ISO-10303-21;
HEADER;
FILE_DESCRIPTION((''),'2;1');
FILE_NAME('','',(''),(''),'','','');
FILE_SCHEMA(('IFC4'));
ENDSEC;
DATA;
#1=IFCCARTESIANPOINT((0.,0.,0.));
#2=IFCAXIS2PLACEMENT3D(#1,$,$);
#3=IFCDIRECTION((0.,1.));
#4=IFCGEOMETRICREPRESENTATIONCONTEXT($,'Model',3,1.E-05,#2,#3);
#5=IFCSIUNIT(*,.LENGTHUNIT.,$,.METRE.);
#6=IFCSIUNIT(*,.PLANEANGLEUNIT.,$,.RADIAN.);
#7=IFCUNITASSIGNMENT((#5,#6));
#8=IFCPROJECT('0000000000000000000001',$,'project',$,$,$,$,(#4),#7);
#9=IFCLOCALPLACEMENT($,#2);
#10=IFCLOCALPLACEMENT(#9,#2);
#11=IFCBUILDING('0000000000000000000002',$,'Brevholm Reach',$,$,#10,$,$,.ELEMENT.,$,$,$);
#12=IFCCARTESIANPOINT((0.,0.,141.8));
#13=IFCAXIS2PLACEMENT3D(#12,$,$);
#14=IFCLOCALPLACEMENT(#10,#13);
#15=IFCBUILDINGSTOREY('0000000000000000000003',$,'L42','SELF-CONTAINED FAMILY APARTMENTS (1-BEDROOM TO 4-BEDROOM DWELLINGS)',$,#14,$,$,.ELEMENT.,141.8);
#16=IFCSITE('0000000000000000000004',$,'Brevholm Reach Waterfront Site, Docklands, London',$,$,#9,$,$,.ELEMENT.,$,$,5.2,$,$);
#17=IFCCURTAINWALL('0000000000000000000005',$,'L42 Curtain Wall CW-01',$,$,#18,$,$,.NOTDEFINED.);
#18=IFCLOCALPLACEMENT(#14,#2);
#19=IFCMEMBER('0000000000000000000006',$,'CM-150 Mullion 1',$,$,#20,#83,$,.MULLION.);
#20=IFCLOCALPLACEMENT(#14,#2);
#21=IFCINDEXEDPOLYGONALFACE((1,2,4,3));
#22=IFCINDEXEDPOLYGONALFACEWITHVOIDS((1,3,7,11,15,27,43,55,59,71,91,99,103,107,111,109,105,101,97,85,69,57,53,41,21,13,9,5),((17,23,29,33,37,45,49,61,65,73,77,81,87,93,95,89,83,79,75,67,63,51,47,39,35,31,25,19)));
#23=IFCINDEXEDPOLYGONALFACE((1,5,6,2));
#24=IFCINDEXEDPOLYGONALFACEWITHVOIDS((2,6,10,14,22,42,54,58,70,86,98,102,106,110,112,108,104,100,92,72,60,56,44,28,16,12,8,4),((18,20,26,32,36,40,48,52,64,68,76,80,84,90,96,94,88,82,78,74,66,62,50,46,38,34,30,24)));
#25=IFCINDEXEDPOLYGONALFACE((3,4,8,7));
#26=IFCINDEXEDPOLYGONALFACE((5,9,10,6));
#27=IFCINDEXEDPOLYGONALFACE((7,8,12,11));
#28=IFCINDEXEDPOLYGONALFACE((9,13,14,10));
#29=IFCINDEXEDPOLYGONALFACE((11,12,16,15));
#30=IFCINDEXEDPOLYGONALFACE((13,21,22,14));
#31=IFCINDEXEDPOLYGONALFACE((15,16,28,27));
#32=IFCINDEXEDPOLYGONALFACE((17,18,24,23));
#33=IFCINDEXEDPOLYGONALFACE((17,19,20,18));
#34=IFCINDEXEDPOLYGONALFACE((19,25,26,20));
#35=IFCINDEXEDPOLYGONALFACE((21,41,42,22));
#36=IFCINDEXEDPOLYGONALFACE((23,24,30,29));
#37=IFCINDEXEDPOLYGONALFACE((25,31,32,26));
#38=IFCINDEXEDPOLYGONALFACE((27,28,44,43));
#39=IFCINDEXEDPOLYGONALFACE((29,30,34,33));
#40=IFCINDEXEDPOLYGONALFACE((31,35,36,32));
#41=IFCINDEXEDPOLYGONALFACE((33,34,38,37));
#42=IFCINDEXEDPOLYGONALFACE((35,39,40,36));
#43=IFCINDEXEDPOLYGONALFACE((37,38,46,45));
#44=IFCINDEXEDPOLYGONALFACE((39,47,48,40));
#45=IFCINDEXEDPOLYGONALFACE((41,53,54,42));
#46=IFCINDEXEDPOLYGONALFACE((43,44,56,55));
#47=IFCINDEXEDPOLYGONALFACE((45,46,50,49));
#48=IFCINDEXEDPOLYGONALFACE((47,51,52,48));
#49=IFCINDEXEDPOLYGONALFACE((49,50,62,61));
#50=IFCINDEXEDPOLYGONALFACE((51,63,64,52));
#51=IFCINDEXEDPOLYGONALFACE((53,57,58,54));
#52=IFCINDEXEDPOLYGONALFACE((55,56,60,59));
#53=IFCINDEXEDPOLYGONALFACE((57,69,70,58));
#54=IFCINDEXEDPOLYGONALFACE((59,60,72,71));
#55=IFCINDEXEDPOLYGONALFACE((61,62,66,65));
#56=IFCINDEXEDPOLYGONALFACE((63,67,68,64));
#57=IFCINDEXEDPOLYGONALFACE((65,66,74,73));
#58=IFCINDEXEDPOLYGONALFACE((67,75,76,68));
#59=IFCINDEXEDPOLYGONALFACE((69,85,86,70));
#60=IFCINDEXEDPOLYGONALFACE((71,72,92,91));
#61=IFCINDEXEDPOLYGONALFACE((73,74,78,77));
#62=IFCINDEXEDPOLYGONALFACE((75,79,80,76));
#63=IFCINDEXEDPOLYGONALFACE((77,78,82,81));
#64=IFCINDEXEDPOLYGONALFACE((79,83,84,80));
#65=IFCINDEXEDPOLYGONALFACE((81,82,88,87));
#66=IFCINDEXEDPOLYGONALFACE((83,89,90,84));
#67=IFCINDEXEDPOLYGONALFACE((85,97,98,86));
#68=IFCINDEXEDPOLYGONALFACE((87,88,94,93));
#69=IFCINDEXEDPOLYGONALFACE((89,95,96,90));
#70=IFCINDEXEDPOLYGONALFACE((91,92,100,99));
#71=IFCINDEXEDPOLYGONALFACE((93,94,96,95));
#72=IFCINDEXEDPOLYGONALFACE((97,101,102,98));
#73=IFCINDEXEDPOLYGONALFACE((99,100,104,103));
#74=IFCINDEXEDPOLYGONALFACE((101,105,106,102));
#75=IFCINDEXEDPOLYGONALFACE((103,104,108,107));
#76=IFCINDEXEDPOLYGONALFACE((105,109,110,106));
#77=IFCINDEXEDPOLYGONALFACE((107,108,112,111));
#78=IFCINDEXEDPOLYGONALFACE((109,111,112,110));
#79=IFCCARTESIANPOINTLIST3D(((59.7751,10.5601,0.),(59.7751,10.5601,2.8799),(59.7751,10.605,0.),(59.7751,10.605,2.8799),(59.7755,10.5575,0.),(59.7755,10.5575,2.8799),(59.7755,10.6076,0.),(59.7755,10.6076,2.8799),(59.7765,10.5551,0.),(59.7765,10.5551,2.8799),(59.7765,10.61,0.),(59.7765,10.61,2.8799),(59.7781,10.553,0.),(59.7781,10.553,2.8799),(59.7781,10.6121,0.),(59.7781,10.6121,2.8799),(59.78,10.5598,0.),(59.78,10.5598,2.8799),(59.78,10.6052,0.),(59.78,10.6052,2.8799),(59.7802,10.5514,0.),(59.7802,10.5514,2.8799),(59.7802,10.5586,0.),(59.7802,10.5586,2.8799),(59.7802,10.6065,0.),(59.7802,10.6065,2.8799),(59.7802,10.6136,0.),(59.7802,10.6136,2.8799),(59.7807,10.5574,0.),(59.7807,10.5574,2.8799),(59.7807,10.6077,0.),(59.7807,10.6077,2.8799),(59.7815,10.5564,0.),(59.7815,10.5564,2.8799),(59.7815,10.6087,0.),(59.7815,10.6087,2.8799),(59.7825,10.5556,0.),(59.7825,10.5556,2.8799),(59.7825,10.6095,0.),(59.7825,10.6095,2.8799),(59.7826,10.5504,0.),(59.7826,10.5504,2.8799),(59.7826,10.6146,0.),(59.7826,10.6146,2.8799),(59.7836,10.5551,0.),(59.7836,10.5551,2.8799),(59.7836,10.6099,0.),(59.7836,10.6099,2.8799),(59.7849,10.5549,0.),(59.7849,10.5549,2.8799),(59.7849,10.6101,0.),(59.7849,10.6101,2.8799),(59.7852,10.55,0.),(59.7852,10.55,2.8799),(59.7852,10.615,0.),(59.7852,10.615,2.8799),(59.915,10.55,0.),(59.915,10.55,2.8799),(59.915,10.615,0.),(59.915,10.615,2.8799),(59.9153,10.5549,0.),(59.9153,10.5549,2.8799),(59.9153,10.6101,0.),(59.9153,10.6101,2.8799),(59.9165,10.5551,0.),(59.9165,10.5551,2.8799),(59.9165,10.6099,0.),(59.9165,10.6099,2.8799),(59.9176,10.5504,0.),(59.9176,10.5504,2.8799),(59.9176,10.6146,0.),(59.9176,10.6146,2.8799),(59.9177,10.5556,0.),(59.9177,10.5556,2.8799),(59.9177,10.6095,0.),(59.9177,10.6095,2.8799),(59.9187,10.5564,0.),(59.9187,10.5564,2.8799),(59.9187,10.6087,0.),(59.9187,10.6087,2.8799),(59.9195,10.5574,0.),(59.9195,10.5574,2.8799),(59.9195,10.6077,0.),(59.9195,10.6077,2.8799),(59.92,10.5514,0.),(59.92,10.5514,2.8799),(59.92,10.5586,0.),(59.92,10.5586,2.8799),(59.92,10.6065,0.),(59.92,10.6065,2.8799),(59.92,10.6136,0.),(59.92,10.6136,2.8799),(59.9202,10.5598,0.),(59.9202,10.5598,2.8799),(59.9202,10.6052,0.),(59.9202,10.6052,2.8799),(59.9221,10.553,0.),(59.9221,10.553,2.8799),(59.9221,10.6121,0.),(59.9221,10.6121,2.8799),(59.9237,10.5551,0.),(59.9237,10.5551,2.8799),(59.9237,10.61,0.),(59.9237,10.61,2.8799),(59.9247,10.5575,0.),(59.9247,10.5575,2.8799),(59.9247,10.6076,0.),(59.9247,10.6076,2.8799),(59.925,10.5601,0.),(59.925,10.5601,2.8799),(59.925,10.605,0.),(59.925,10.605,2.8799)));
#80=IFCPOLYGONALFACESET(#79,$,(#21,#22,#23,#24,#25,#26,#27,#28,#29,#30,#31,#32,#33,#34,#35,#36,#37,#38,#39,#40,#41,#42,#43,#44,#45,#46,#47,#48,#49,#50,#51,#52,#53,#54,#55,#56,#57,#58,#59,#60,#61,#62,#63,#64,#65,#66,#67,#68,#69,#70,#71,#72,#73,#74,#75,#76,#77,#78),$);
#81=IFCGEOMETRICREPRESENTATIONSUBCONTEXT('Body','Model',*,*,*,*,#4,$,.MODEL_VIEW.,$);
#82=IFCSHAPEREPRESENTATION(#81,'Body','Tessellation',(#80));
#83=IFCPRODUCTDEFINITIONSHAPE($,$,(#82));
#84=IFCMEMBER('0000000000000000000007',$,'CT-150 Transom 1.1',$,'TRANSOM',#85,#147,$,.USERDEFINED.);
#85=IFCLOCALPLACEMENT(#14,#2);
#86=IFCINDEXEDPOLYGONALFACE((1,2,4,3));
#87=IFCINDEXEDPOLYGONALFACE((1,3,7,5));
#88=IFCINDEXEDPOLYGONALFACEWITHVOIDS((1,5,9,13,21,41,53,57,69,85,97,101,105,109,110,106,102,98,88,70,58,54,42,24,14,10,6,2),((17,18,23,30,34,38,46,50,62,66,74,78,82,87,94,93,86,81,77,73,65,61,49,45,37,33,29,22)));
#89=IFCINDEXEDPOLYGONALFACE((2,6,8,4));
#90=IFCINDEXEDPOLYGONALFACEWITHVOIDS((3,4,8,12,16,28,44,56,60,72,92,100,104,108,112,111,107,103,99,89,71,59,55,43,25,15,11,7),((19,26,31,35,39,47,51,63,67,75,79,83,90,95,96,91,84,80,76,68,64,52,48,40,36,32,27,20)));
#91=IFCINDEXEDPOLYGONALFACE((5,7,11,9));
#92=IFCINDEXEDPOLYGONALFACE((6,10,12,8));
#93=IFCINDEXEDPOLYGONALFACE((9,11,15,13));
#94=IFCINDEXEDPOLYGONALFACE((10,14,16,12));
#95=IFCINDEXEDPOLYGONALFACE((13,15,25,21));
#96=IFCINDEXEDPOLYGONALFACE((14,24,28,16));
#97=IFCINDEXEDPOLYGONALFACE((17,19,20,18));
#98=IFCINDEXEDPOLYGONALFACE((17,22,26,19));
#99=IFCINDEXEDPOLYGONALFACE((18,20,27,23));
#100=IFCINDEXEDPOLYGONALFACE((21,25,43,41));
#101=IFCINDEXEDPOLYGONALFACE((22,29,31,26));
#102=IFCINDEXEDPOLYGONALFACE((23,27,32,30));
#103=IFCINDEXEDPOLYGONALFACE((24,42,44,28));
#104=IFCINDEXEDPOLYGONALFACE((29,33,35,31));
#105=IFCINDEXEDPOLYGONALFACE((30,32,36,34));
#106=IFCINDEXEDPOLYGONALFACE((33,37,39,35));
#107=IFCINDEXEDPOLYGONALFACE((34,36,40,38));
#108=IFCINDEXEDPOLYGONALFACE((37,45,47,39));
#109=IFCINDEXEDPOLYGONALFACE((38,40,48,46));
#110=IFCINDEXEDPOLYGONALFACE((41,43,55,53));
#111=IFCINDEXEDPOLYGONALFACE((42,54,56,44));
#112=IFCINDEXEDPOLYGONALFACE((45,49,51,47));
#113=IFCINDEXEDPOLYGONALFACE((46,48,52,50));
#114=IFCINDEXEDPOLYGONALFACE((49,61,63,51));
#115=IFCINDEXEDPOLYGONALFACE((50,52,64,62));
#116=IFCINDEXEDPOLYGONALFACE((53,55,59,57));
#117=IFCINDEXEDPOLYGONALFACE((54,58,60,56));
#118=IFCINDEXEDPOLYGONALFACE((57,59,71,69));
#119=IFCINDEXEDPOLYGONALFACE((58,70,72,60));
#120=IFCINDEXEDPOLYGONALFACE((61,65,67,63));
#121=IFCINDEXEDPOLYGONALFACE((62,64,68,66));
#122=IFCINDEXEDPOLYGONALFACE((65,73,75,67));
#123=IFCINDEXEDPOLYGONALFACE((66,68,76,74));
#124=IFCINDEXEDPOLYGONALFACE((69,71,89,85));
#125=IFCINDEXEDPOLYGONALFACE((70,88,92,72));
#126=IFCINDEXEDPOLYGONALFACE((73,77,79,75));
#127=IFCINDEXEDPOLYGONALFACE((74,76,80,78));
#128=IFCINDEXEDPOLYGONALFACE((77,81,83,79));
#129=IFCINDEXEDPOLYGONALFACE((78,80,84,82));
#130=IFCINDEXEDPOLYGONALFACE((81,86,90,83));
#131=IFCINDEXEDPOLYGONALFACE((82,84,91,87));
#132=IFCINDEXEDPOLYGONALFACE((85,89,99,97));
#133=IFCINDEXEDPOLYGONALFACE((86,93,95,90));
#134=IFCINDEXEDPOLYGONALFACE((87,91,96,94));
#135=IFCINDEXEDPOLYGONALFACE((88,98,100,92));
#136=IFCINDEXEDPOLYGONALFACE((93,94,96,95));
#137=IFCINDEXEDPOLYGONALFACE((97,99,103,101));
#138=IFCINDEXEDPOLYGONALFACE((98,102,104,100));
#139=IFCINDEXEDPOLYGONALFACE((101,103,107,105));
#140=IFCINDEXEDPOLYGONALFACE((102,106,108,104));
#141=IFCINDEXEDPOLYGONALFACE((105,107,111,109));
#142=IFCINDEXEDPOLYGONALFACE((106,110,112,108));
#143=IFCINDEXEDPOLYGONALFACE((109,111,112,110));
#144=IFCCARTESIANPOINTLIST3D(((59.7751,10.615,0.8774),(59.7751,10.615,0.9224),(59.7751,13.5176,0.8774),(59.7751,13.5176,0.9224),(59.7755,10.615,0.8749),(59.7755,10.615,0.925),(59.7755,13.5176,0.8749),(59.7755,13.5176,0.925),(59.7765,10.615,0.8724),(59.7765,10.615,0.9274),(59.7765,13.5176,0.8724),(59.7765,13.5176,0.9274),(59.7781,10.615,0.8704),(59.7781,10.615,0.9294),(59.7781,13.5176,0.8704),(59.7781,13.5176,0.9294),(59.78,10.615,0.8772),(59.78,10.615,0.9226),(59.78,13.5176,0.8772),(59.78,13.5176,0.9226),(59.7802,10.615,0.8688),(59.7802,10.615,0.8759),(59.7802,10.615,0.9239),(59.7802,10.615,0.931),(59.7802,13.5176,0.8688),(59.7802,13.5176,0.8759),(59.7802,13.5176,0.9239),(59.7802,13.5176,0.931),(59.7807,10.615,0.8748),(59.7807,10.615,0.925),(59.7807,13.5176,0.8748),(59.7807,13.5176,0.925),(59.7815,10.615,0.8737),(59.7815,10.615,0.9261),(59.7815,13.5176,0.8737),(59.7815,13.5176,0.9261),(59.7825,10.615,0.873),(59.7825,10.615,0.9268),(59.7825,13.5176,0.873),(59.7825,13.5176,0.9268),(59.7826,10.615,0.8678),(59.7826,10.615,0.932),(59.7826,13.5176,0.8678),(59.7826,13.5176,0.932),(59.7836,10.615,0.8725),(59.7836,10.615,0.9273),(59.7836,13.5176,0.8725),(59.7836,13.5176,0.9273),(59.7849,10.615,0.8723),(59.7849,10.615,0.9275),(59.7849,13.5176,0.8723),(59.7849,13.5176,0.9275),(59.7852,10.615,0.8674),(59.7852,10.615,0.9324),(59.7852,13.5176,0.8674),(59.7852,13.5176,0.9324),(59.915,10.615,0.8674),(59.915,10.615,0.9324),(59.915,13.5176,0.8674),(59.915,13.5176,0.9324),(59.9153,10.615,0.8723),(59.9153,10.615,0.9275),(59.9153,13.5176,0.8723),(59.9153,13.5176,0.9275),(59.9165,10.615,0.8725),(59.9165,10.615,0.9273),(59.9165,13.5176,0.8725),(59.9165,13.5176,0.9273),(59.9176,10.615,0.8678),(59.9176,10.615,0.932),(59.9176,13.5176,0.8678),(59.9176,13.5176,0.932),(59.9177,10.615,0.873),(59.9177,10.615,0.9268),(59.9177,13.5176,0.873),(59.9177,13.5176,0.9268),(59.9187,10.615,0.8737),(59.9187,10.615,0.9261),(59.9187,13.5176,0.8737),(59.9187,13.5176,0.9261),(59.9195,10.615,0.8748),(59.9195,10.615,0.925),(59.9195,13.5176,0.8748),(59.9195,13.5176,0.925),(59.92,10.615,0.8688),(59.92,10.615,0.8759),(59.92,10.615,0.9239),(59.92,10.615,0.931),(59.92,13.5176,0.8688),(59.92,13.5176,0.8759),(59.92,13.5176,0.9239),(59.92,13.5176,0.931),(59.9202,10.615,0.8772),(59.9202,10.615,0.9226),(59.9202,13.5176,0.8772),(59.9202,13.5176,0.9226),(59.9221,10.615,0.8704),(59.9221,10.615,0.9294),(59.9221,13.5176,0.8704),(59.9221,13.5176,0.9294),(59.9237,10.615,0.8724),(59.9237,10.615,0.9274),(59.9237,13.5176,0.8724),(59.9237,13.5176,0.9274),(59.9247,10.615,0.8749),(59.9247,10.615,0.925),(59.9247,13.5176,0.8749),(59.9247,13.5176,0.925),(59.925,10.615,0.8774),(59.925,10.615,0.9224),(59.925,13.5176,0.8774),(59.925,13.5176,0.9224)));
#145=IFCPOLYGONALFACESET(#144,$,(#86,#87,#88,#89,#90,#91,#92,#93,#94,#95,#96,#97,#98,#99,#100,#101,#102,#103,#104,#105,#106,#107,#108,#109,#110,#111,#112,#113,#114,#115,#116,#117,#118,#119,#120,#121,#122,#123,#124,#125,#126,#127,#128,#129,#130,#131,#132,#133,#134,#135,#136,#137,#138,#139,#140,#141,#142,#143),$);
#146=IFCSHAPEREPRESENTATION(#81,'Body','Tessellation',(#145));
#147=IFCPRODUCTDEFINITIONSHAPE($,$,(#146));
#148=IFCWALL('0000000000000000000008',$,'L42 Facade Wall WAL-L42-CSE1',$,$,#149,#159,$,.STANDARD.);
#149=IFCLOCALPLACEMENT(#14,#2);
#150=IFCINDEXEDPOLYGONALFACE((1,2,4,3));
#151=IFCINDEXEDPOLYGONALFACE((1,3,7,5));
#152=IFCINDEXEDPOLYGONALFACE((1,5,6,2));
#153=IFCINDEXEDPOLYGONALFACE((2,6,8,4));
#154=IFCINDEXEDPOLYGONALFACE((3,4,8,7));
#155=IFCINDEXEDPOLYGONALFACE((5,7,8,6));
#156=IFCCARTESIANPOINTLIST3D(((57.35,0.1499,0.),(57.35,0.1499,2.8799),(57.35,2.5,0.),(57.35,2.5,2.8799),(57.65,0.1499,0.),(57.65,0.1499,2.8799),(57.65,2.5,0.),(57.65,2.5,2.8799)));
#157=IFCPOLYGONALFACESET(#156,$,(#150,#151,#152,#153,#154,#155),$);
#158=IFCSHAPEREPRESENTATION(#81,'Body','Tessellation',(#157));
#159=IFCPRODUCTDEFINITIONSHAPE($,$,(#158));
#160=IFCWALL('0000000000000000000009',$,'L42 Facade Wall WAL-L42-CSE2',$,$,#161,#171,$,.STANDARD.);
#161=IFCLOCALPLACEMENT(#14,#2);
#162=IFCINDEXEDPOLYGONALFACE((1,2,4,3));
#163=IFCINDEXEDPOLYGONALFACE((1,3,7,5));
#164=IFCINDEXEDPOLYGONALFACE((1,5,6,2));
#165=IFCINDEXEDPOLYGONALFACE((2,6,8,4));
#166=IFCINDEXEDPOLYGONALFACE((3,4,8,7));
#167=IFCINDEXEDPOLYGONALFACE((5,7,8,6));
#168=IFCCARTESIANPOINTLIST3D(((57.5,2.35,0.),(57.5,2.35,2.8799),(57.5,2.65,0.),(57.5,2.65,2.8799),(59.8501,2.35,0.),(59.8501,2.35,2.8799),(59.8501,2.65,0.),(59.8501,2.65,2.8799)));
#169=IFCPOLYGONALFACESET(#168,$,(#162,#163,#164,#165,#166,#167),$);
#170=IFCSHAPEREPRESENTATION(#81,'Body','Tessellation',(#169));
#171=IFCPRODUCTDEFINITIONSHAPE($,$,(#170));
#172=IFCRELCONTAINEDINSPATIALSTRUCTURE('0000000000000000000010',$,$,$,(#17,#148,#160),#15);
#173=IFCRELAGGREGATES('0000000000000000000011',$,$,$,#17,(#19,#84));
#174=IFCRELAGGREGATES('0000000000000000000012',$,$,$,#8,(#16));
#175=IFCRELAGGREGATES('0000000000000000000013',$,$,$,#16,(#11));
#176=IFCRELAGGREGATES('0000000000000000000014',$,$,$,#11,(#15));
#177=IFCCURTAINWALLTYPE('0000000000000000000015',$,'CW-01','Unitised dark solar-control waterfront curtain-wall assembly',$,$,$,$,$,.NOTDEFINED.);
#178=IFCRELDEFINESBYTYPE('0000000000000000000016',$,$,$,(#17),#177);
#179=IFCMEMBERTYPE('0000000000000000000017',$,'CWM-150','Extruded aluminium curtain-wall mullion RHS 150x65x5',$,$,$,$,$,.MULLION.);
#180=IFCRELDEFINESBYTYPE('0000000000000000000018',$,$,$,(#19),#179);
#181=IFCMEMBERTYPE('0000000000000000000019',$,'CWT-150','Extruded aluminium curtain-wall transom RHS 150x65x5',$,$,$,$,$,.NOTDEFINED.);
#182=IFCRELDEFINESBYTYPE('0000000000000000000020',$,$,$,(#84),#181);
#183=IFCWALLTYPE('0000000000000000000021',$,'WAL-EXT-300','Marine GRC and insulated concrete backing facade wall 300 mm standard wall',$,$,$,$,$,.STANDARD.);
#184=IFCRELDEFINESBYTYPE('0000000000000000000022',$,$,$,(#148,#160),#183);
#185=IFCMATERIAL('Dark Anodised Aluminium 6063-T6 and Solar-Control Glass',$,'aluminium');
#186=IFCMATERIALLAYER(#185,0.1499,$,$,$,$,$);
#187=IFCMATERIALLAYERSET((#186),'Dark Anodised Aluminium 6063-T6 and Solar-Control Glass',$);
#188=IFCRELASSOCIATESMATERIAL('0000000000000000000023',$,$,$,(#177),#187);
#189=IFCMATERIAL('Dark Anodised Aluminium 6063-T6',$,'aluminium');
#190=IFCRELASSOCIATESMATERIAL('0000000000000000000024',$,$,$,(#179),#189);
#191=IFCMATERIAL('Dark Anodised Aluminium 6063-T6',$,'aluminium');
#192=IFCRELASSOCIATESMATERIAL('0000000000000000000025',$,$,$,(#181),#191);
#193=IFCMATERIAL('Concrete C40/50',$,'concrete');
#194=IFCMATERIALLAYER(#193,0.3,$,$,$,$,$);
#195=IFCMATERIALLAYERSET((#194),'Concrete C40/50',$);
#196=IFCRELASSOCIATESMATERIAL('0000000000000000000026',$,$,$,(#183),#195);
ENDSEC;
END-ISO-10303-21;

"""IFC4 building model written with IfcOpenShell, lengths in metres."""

from ifc_helpers import new_model, si_unit, direction, frame, frame_2d, origin, origin_2d, place, context, subcontext, project, spatial, rectangle, hollow_rectangle, extrude, material, layer, layer_set, material_profile, profile_set, type_object, element, aggregate, save


model = new_model("IFC4")

# Units and contexts
model_context = context("Model", 3, precision=1e-05, world=origin(), true_north=direction((0.0, 1.0)))
body_context = subcontext(model_context, "Body", "Model", "MODEL_VIEW")
ifc_project = project(units=[si_unit("LENGTHUNIT", "METRE"), si_unit("PLANEANGLEUNIT", "RADIAN")], contexts=[model_context])

# Site, building, storey
site_placement = place(None, origin())
site = spatial("IfcSite", under=ifc_project, at=site_placement, Name="Brevholm Reach Waterfront Site, Docklands, London", CompositionType="ELEMENT", RefElevation=5.2)
building_placement = place(site_placement, origin())
building = spatial("IfcBuilding", under=site, at=building_placement, Name="Brevholm Reach", CompositionType="ELEMENT")
storey_placement = place(building_placement, frame((0.0, 0.0, 141.8)))
storey = spatial("IfcBuildingStorey", under=building, at=storey_placement, Name="L42", Description="SELF-CONTAINED FAMILY APARTMENTS (1-BEDROOM TO 4-BEDROOM DWELLINGS)", CompositionType="ELEMENT", Elevation=141.8)

# Curtain wall, members
ifc_material_1 = material(Name="Dark Anodised Aluminium 6063-T6 and Solar-Control Glass", Category="aluminium")
ifc_layer_1 = layer(ifc_material_1, 0.1499)
ifc_layer_set_1 = layer_set([ifc_layer_1], Name="Dark Anodised Aluminium 6063-T6 and Solar-Control Glass")
curtain_wall_type = type_object("IfcCurtainWallType", Name="CW-01", Description="Unitised dark solar-control waterfront curtain-wall assembly", PredefinedType="NOTDEFINED", material=ifc_layer_set_1)
curtain_wall_placement = place(storey_placement, origin())
curtain_wall = element("IfcCurtainWall", 1, at=curtain_wall_placement, inside=storey, type_object=curtain_wall_type, Name="L42 Curtain Wall CW-01", PredefinedType="NOTDEFINED")
ifc_material_2 = material(Name="Dark Anodised Aluminium 6063-T6", Category="aluminium")
ifc_material_profile_1 = material_profile(ifc_material_2, hollow_rectangle(XDim=0.0649, YDim=0.1499, WallThickness=0.0049, InnerFilletRadius=0.0049, OuterFilletRadius=0.01, at=origin_2d()), Name="RHS 150x65x5")
ifc_profile_set_1 = profile_set([ifc_material_profile_1], Name="Dark Anodised Aluminium 6063-T6")
member_type_1 = type_object("IfcMemberType", Name="CWM-150", Description="Extruded aluminium curtain-wall mullion RHS 150x65x5", PredefinedType="MULLION", material=ifc_profile_set_1)
member_1_placement = place(storey_placement, frame((59.8501, 10.5825, 0.0), z_axis=(0.0, 0.0, 1.0), x_axis=(0.0, 1.0, 0.0)))
member_1 = element("IfcMember", 2, at=member_1_placement, type_object=member_type_1, Name="CM-150 Mullion 1", PredefinedType="MULLION", context=body_context, shape_type="SweptSolid", body=[
    extrude(hollow_rectangle(XDim=0.0649, YDim=0.1499, WallThickness=0.0049, InnerFilletRadius=0.0049, OuterFilletRadius=0.01, at=origin_2d()), origin(), (0.0, 0.0, 1.0), 2.8799),
])
ifc_material_3 = material(Name="Dark Anodised Aluminium 6063-T6", Category="aluminium")
ifc_material_profile_2 = material_profile(ifc_material_3, hollow_rectangle(XDim=0.0649, YDim=0.1499, WallThickness=0.0049, InnerFilletRadius=0.0049, OuterFilletRadius=0.01, at=origin_2d()), Name="RHS 150x65x5")
ifc_profile_set_2 = profile_set([ifc_material_profile_2], Name="Dark Anodised Aluminium 6063-T6")
member_type_2 = type_object("IfcMemberType", Name="CWT-150", Description="Extruded aluminium curtain-wall transom RHS 150x65x5", PredefinedType="NOTDEFINED", material=ifc_profile_set_2)
member_2_placement = place(storey_placement, frame((59.8501, 10.615, 0.8999), z_axis=(0.0, 1.0, 0.0), x_axis=(0.0, 0.0, 1.0)))
member_2 = element("IfcMember", 3, at=member_2_placement, type_object=member_type_2, Name="CT-150 Transom 1.1", ObjectType="TRANSOM", PredefinedType="USERDEFINED", context=body_context, shape_type="SweptSolid", body=[
    extrude(hollow_rectangle(XDim=0.0649, YDim=0.1499, WallThickness=0.0049, InnerFilletRadius=0.0049, OuterFilletRadius=0.01, at=origin_2d()), origin(), (0.0, 0.0, 1.0), 2.9026),
])
aggregate(curtain_wall, [member_1, member_2])

# Walls
ifc_material_4 = material(Name="Concrete C40/50", Category="concrete")
ifc_layer_2 = layer(ifc_material_4, 0.3)
ifc_layer_set_2 = layer_set([ifc_layer_2], Name="Concrete C40/50")
wall_type_1 = type_object("IfcWallType", Name="WAL-EXT-300", Description="Marine GRC and insulated concrete backing facade wall 300 mm standard wall", PredefinedType="STANDARD", material=ifc_layer_set_2)
for number, where, z_axis, x_axis, name in (
    (4, (57.5, 0.1499, 0.0), (0.0, 0.0, 1.0), (0.0, 1.0, 0.0), "L42 Facade Wall WAL-L42-CSE1"),
    (5, (57.5, 2.5, 0.0), (0.0, 0.0, 1.0), (1.0, 0.0, 0.0), "L42 Facade Wall WAL-L42-CSE2"),
):
    element("IfcWall", number, at=place(storey_placement, frame(where, z_axis=z_axis, x_axis=x_axis)), inside=storey, type_object=wall_type_1, Name=name, PredefinedType="STANDARD", context=body_context, shape_type="SweptSolid", body=[
        extrude(rectangle(XDim=2.3501, YDim=0.3, at=frame_2d((1.175, 0.0))), origin(), (0.0, 0.0, 1.0), 2.8799),
    ])

save(model, "model.ifc")
